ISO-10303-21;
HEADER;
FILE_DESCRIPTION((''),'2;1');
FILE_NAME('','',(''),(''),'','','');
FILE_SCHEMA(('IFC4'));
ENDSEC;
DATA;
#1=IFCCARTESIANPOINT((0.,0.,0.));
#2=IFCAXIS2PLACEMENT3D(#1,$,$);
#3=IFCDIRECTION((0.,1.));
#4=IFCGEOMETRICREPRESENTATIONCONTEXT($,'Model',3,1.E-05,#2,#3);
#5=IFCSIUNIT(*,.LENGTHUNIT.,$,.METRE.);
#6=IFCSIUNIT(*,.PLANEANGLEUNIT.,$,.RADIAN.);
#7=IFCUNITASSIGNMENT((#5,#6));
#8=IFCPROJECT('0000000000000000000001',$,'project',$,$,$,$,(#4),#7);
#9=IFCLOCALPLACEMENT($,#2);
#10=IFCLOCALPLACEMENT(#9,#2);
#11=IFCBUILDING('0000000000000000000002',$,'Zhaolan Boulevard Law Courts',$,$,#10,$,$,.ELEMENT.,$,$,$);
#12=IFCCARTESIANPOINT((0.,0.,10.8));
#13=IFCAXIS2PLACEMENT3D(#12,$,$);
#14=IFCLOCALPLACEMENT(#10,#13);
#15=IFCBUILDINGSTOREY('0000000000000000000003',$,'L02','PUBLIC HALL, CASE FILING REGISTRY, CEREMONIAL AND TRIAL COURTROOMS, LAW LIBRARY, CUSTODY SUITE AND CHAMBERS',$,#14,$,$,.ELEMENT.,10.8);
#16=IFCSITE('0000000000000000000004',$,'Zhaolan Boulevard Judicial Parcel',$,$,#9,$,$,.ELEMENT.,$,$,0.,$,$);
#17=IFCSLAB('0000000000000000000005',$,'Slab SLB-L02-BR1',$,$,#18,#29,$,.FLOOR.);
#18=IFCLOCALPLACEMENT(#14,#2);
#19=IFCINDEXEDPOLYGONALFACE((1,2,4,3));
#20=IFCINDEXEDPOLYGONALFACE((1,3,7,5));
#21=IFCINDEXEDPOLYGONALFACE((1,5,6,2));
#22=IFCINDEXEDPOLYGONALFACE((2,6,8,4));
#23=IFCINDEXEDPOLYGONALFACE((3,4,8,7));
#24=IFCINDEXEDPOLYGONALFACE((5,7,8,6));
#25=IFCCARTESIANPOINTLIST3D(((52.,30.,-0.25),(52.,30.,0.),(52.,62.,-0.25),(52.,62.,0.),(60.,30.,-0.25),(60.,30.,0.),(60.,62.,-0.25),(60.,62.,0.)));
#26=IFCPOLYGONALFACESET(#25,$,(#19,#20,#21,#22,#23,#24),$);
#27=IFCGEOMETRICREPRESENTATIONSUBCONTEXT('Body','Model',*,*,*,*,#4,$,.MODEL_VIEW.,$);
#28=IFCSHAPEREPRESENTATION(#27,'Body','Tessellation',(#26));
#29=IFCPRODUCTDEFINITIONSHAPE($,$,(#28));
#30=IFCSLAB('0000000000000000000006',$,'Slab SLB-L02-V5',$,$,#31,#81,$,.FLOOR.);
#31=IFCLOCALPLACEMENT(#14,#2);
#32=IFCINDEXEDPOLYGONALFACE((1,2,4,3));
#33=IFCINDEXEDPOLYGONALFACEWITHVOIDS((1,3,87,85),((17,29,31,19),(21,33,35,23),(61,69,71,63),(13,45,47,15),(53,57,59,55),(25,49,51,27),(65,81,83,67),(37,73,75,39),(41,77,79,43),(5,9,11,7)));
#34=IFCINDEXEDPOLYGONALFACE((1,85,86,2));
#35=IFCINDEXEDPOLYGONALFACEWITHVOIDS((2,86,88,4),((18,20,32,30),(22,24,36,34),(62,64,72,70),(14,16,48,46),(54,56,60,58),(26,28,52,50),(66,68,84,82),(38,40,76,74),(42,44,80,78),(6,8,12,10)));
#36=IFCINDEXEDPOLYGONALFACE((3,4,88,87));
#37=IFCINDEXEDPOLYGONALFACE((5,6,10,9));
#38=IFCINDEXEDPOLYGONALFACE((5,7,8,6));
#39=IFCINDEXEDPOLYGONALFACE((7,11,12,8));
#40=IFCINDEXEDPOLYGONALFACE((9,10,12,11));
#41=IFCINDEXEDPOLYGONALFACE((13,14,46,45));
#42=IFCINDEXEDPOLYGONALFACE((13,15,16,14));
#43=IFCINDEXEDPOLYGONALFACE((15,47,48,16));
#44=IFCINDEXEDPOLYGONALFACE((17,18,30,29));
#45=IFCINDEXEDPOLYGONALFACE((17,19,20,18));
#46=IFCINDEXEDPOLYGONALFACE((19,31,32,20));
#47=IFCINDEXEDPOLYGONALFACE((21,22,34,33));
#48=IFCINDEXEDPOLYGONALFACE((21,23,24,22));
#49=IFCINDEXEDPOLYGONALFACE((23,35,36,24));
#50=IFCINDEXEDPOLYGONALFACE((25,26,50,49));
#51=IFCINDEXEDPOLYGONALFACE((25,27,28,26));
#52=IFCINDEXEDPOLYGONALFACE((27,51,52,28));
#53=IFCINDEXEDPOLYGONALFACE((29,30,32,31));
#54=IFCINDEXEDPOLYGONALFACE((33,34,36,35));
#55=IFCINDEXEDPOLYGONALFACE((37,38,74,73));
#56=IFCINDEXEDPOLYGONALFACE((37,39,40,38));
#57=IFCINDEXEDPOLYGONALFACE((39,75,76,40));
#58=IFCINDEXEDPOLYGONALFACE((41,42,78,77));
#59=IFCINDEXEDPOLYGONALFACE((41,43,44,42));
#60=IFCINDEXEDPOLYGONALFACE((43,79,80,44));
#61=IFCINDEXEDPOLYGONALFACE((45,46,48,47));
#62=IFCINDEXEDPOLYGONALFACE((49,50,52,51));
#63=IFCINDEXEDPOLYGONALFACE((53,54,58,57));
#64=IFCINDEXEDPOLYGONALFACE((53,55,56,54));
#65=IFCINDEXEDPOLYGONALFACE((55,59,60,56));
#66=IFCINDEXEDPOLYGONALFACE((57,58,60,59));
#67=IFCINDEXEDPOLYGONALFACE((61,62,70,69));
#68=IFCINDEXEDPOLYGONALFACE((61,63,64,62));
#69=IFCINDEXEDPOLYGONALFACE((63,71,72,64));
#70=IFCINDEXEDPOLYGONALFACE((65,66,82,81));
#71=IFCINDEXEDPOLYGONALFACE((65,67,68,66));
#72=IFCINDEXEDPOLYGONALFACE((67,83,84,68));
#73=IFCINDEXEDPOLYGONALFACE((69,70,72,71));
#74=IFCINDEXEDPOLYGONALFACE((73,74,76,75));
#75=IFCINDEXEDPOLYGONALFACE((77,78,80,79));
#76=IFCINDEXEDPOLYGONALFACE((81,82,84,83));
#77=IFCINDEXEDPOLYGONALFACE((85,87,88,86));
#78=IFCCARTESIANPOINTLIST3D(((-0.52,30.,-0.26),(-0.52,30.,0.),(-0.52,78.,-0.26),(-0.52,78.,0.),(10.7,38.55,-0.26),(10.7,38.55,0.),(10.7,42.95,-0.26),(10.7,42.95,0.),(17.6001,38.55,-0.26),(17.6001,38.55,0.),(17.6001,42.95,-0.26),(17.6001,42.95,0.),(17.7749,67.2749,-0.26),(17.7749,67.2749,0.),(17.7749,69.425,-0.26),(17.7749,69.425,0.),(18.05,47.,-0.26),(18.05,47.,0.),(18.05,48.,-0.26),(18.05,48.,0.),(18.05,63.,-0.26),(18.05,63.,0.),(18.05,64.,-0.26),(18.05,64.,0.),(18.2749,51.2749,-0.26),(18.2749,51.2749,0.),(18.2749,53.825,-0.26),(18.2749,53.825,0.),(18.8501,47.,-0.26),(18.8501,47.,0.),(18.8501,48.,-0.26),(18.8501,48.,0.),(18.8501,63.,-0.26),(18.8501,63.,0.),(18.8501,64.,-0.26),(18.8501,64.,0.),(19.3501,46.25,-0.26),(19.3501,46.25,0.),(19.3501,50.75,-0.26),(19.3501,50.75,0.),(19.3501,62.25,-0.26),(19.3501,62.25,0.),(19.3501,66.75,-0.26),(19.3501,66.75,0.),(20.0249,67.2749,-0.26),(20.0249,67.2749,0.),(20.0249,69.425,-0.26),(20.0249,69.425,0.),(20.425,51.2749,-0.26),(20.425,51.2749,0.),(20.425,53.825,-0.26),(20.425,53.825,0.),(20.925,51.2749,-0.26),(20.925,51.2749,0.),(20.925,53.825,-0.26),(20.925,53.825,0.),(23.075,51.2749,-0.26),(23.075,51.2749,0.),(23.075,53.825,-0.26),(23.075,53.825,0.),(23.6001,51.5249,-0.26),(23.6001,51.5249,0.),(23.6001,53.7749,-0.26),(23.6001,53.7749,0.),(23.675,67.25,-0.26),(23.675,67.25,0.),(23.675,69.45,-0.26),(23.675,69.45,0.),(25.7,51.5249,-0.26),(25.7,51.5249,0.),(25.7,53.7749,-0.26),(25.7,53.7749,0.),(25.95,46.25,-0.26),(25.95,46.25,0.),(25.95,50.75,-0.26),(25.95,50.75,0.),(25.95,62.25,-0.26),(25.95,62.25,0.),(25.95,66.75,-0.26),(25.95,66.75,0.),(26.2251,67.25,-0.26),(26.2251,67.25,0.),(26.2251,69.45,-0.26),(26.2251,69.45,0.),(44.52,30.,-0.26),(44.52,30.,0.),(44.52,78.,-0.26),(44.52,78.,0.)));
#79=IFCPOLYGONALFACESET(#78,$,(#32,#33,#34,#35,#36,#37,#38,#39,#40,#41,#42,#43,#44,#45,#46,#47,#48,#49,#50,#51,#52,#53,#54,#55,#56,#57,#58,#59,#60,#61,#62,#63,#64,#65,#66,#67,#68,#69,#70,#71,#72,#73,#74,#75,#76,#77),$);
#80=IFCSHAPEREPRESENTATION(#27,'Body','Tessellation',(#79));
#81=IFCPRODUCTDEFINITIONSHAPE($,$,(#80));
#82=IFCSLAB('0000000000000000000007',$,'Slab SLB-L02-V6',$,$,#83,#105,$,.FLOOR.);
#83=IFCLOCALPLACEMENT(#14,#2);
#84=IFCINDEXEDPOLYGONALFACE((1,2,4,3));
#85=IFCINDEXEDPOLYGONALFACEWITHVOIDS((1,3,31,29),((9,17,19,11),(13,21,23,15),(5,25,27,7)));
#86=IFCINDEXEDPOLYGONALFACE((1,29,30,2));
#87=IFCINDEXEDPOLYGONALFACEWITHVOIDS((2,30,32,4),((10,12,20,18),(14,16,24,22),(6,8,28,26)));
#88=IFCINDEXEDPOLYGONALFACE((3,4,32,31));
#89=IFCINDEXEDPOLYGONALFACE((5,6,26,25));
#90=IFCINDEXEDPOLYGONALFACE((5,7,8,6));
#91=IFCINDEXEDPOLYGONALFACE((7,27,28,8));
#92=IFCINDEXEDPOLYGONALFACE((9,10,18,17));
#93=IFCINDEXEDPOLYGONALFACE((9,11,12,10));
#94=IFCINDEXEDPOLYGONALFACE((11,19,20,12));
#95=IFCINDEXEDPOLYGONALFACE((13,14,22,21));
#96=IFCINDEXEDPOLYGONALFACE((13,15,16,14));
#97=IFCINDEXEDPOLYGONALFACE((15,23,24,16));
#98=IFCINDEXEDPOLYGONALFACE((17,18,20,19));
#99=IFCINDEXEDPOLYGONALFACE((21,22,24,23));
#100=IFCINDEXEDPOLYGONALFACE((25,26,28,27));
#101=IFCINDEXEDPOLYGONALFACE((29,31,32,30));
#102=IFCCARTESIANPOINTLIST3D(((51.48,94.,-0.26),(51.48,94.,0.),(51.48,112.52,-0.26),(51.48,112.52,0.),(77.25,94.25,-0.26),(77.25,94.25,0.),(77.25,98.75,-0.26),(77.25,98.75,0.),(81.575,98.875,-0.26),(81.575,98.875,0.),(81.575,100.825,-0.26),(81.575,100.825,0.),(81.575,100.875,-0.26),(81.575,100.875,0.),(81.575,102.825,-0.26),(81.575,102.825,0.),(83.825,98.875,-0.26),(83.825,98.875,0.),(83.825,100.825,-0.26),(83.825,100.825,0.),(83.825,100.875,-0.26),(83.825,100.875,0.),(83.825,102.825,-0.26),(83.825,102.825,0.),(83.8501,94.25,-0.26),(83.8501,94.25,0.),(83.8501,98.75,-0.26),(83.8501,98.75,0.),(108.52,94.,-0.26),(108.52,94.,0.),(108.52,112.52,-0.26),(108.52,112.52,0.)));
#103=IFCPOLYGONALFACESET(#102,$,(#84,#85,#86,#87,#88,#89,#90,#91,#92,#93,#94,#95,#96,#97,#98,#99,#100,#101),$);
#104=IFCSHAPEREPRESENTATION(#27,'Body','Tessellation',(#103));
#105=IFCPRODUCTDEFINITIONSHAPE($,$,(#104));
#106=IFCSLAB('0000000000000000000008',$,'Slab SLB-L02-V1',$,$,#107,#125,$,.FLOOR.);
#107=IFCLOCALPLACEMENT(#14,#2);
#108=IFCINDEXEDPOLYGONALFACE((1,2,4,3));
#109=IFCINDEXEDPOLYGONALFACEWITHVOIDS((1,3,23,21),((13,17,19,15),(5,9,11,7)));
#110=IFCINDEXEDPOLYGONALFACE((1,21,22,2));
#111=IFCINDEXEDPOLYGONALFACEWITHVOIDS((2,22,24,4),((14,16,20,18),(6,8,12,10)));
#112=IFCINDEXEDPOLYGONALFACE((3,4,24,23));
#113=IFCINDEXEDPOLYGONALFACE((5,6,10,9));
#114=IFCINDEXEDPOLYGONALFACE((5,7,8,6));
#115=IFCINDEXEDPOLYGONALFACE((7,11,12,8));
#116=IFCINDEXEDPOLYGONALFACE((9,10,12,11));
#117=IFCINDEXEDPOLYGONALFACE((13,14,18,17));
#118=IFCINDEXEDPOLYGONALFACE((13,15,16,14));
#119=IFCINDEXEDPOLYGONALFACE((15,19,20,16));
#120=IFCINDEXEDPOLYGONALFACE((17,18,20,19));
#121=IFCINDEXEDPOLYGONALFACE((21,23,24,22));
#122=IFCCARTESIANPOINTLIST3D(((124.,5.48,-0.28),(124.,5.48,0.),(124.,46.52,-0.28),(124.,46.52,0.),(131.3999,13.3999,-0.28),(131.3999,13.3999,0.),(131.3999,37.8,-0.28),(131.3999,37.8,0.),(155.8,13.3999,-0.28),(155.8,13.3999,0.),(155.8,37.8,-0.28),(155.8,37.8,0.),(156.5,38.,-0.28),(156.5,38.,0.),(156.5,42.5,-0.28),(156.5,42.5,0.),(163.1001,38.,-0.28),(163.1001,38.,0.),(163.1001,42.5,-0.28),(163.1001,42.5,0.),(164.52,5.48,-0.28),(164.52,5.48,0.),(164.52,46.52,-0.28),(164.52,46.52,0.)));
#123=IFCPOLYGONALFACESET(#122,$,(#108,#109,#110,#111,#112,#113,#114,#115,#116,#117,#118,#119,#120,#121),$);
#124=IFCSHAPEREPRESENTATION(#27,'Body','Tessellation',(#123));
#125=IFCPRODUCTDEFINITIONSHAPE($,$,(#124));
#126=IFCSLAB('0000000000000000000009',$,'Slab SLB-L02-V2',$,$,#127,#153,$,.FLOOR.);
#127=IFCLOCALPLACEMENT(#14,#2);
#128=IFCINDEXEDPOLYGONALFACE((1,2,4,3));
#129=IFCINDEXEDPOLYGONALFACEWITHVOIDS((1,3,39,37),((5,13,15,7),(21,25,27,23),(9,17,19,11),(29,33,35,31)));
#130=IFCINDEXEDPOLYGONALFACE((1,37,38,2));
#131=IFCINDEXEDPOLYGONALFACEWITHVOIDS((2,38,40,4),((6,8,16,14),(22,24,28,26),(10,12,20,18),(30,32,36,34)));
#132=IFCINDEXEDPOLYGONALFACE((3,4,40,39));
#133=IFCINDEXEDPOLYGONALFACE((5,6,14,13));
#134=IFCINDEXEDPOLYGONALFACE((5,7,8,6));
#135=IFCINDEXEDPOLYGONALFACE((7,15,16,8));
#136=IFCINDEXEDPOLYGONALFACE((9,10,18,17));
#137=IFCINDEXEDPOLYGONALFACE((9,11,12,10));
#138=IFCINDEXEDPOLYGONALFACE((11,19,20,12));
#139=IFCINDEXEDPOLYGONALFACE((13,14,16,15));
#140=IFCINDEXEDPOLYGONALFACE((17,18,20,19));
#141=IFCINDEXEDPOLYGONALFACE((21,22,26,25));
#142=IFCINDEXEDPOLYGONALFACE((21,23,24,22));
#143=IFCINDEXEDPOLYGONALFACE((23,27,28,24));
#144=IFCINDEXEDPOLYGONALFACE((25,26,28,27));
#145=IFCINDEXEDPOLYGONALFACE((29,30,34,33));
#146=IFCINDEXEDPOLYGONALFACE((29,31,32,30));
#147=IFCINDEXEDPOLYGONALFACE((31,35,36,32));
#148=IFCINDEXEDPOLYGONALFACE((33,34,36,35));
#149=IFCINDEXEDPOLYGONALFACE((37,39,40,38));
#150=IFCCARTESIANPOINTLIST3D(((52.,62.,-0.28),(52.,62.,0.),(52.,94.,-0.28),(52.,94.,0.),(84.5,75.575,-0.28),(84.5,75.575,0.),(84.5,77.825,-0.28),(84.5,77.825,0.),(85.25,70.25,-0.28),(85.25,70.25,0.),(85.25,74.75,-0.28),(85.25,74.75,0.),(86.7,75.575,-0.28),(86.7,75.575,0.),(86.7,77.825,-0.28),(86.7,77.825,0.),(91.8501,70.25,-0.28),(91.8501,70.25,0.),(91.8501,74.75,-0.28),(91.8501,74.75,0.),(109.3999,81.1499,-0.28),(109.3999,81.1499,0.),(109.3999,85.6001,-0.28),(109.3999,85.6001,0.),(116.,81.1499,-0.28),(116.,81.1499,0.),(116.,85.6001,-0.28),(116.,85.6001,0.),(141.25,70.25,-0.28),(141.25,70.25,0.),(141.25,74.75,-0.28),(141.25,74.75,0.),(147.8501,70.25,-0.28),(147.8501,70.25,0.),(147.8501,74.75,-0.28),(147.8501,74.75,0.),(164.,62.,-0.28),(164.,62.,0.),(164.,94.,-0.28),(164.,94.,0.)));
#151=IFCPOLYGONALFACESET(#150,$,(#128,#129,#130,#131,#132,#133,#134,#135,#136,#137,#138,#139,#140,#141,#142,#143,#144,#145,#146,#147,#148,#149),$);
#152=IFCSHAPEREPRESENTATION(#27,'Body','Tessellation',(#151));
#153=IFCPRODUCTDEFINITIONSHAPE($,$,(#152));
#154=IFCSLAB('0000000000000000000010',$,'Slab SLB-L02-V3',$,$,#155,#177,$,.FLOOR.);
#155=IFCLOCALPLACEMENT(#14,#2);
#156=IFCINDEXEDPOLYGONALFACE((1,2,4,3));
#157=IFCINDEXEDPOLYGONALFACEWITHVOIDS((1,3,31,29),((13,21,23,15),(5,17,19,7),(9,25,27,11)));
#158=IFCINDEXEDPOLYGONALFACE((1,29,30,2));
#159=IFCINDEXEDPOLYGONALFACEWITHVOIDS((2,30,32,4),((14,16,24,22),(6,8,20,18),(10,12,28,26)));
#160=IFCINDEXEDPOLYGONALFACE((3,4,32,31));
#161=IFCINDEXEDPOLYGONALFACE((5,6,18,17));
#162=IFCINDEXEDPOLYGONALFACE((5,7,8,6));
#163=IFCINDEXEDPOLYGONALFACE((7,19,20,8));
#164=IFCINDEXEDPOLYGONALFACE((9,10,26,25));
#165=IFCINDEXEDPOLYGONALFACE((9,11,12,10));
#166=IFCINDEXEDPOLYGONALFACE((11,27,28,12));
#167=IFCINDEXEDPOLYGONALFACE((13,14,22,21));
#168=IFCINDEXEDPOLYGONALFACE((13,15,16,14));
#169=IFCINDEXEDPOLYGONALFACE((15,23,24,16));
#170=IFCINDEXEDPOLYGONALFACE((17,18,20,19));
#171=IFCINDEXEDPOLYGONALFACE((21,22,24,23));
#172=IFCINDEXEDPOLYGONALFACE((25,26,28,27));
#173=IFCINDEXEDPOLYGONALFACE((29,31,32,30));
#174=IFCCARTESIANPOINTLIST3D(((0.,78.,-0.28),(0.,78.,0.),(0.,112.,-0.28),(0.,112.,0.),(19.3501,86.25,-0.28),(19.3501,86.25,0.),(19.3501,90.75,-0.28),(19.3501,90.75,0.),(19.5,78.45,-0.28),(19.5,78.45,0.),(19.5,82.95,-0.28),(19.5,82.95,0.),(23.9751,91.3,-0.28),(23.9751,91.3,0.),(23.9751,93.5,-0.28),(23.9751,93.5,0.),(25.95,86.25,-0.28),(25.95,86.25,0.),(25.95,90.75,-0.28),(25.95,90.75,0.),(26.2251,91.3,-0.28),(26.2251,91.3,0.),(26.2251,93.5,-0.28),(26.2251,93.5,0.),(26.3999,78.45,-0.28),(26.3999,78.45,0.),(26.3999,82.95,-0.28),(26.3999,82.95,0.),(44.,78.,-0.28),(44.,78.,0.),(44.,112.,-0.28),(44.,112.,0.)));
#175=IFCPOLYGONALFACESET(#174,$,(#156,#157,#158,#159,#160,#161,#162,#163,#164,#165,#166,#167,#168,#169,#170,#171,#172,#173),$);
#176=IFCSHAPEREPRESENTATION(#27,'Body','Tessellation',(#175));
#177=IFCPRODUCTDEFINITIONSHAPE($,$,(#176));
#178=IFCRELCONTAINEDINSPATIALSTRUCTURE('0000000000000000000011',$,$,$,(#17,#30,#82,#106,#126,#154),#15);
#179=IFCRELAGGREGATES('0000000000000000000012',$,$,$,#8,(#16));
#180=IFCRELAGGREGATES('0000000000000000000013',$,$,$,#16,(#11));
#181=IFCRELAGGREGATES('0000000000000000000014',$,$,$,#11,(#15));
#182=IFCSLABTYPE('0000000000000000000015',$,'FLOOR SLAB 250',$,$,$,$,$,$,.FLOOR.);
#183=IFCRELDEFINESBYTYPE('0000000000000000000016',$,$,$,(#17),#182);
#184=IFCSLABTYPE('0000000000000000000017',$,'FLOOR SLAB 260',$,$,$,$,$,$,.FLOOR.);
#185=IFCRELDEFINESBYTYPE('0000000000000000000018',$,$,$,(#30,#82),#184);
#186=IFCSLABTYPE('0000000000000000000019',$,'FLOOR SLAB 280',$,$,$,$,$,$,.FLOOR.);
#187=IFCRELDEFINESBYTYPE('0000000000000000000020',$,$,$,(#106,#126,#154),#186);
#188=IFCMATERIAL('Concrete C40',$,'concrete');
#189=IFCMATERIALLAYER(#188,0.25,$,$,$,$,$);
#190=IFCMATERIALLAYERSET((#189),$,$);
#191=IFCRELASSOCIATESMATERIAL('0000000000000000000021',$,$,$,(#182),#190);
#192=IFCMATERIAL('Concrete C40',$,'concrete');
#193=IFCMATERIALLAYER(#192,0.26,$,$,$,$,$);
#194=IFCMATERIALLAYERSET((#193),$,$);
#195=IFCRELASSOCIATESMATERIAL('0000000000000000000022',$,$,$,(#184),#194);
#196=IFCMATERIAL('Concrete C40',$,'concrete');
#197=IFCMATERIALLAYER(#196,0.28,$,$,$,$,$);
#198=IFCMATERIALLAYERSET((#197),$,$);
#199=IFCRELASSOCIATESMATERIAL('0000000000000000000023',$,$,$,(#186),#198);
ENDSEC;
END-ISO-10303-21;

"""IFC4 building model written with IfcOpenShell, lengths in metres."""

from ifc_helpers import new_model, si_unit, direction, frame, origin, place, context, subcontext, project, spatial, polyline, outline, extrude, material, layer, layer_set, type_object, element, save


model = new_model("IFC4")

# Units and contexts
model_context = context("Model", 3, precision=1e-05, world=origin(), true_north=direction((0.0, 1.0)))
body_context = subcontext(model_context, "Body", "Model", "MODEL_VIEW")
ifc_project = project(units=[si_unit("LENGTHUNIT", "METRE"), si_unit("PLANEANGLEUNIT", "RADIAN")], contexts=[model_context])

# Site, building, storey
site_placement = place(None, origin())
site = spatial("IfcSite", under=ifc_project, at=site_placement, Name="Zhaolan Boulevard Judicial Parcel", CompositionType="ELEMENT", RefElevation=0.0)
building_placement = place(site_placement, origin())
building = spatial("IfcBuilding", under=site, at=building_placement, Name="Zhaolan Boulevard Law Courts", CompositionType="ELEMENT")
storey_placement = place(building_placement, frame((0.0, 0.0, 10.8)))
storey = spatial("IfcBuildingStorey", under=building, at=storey_placement, Name="L02", Description="PUBLIC HALL, CASE FILING REGISTRY, CEREMONIAL AND TRIAL COURTROOMS, LAW LIBRARY, CUSTODY SUITE AND CHAMBERS", CompositionType="ELEMENT", Elevation=10.8)

# Slabs
ifc_material_1 = material(Name="Concrete C40", Category="concrete")
ifc_layer_1 = layer(ifc_material_1, 0.25)
ifc_layer_set_1 = layer_set([ifc_layer_1])
slab_type_1 = type_object("IfcSlabType", Name="FLOOR SLAB 250", PredefinedType="FLOOR", material=ifc_layer_set_1)
slab_1_placement = place(storey_placement, frame((0.0, 0.0, -0.25)))
element("IfcSlab", 1, at=slab_1_placement, inside=storey, type_object=slab_type_1, Name="Slab SLB-L02-BR1", PredefinedType="FLOOR", context=body_context, shape_type="SweptSolid", body=[
    extrude(outline(polyline([(52.0, 30.0), (60.0, 30.0), (60.0, 62.0), (52.0, 62.0), (52.0, 30.0)])), origin(), (0.0, 0.0, 1.0), 0.25),
])
ifc_material_2 = material(Name="Concrete C40", Category="concrete")
ifc_layer_2 = layer(ifc_material_2, 0.26)
ifc_layer_set_2 = layer_set([ifc_layer_2])
slab_type_2 = type_object("IfcSlabType", Name="FLOOR SLAB 260", PredefinedType="FLOOR", material=ifc_layer_set_2)
slab_2_placement = place(storey_placement, frame((0.0, 0.0, -0.26)))
element("IfcSlab", 2, at=slab_2_placement, inside=storey, type_object=slab_type_2, Name="Slab SLB-L02-V5", PredefinedType="FLOOR", context=body_context, shape_type="SweptSolid", body=[
    extrude(outline(polyline([(-0.52, 30.0), (44.52, 30.0), (44.52, 78.0), (-0.52, 78.0), (-0.52, 30.0)]), holes=[polyline([(18.2749, 51.2749), (20.425, 51.2749), (20.425, 53.825), (18.2749, 53.825), (18.2749, 51.2749)]), polyline([(20.925, 51.2749), (23.075, 51.2749), (23.075, 53.825), (20.925, 53.825), (20.925, 51.2749)]), polyline([(23.675, 67.25), (26.2251, 67.25), (26.2251, 69.45), (23.675, 69.45), (23.675, 67.25)]), polyline([(23.6001, 51.5249), (25.7, 51.5249), (25.7, 53.7749), (23.6001, 53.7749), (23.6001, 51.5249)]), polyline([(17.7749, 67.2749), (20.0249, 67.2749), (20.0249, 69.425), (17.7749, 69.425), (17.7749, 67.2749)]), polyline([(19.3501, 46.25), (25.95, 46.25), (25.95, 50.75), (19.3501, 50.75), (19.3501, 46.25)]), polyline([(19.3501, 62.25), (25.95, 62.25), (25.95, 66.75), (19.3501, 66.75), (19.3501, 62.25)]), polyline([(10.7, 38.55), (17.6001, 38.55), (17.6001, 42.95), (10.7, 42.95), (10.7, 38.55)]), polyline([(18.05, 47.0), (18.8501, 47.0), (18.8501, 48.0), (18.05, 48.0), (18.05, 47.0)]), polyline([(18.05, 63.0), (18.8501, 63.0), (18.8501, 64.0), (18.05, 64.0), (18.05, 63.0)])]), origin(), (0.0, 0.0, 1.0), 0.26),
])
slab_3_placement = place(storey_placement, frame((0.0, 0.0, -0.26)))
element("IfcSlab", 3, at=slab_3_placement, inside=storey, type_object=slab_type_2, Name="Slab SLB-L02-V6", PredefinedType="FLOOR", context=body_context, shape_type="SweptSolid", body=[
    extrude(outline(polyline([(51.48, 94.0), (108.52, 94.0), (108.52, 112.52), (51.48, 112.52), (51.48, 94.0)]), holes=[polyline([(81.575, 98.875), (83.825, 98.875), (83.825, 100.825), (81.575, 100.825), (81.575, 98.875)]), polyline([(81.575, 100.875), (83.825, 100.875), (83.825, 102.825), (81.575, 102.825), (81.575, 100.875)]), polyline([(77.25, 94.25), (83.8501, 94.25), (83.8501, 98.75), (77.25, 98.75), (77.25, 94.25)])]), origin(), (0.0, 0.0, 1.0), 0.26),
])
ifc_material_3 = material(Name="Concrete C40", Category="concrete")
ifc_layer_3 = layer(ifc_material_3, 0.28)
ifc_layer_set_3 = layer_set([ifc_layer_3])
slab_type_3 = type_object("IfcSlabType", Name="FLOOR SLAB 280", PredefinedType="FLOOR", material=ifc_layer_set_3)
slab_4_placement = place(storey_placement, frame((0.0, 0.0, -0.28)))
element("IfcSlab", 4, at=slab_4_placement, inside=storey, type_object=slab_type_3, Name="Slab SLB-L02-V1", PredefinedType="FLOOR", context=body_context, shape_type="SweptSolid", body=[
    extrude(outline(polyline([(124.0, 5.48), (164.52, 5.48), (164.52, 46.52), (124.0, 46.52), (124.0, 5.48)]), holes=[polyline([(156.5, 38.0), (163.1001, 38.0), (163.1001, 42.5), (156.5, 42.5), (156.5, 38.0)]), polyline([(131.3999, 13.3999), (155.8, 13.3999), (155.8, 37.8), (131.3999, 37.8), (131.3999, 13.3999)])]), origin(), (0.0, 0.0, 1.0), 0.28),
])
slab_5_placement = place(storey_placement, frame((0.0, 0.0, -0.28)))
element("IfcSlab", 5, at=slab_5_placement, inside=storey, type_object=slab_type_3, Name="Slab SLB-L02-V2", PredefinedType="FLOOR", context=body_context, shape_type="SweptSolid", body=[
    extrude(outline(polyline([(52.0, 62.0), (164.0, 62.0), (164.0, 94.0), (52.0, 94.0), (52.0, 62.0)]), holes=[polyline([(84.5, 75.575), (86.7, 75.575), (86.7, 77.825), (84.5, 77.825), (84.5, 75.575)]), polyline([(85.25, 70.25), (91.8501, 70.25), (91.8501, 74.75), (85.25, 74.75), (85.25, 70.25)]), polyline([(141.25, 70.25), (147.8501, 70.25), (147.8501, 74.75), (141.25, 74.75), (141.25, 70.25)]), polyline([(109.3999, 81.1499), (116.0, 81.1499), (116.0, 85.6001), (109.3999, 85.6001), (109.3999, 81.1499)])]), origin(), (0.0, 0.0, 1.0), 0.28),
])
slab_6_placement = place(storey_placement, frame((0.0, 0.0, -0.28)))
element("IfcSlab", 6, at=slab_6_placement, inside=storey, type_object=slab_type_3, Name="Slab SLB-L02-V3", PredefinedType="FLOOR", context=body_context, shape_type="SweptSolid", body=[
    extrude(outline(polyline([(0.0, 78.0), (44.0, 78.0), (44.0, 112.0), (0.0, 112.0), (0.0, 78.0)]), holes=[polyline([(23.9751, 91.3), (26.2251, 91.3), (26.2251, 93.5), (23.9751, 93.5), (23.9751, 91.3)]), polyline([(19.3501, 86.25), (25.95, 86.25), (25.95, 90.75), (19.3501, 90.75), (19.3501, 86.25)]), polyline([(19.5, 78.45), (26.3999, 78.45), (26.3999, 82.95), (19.5, 82.95), (19.5, 78.45)])]), origin(), (0.0, 0.0, 1.0), 0.28),
])

save(model, "model.ifc")
